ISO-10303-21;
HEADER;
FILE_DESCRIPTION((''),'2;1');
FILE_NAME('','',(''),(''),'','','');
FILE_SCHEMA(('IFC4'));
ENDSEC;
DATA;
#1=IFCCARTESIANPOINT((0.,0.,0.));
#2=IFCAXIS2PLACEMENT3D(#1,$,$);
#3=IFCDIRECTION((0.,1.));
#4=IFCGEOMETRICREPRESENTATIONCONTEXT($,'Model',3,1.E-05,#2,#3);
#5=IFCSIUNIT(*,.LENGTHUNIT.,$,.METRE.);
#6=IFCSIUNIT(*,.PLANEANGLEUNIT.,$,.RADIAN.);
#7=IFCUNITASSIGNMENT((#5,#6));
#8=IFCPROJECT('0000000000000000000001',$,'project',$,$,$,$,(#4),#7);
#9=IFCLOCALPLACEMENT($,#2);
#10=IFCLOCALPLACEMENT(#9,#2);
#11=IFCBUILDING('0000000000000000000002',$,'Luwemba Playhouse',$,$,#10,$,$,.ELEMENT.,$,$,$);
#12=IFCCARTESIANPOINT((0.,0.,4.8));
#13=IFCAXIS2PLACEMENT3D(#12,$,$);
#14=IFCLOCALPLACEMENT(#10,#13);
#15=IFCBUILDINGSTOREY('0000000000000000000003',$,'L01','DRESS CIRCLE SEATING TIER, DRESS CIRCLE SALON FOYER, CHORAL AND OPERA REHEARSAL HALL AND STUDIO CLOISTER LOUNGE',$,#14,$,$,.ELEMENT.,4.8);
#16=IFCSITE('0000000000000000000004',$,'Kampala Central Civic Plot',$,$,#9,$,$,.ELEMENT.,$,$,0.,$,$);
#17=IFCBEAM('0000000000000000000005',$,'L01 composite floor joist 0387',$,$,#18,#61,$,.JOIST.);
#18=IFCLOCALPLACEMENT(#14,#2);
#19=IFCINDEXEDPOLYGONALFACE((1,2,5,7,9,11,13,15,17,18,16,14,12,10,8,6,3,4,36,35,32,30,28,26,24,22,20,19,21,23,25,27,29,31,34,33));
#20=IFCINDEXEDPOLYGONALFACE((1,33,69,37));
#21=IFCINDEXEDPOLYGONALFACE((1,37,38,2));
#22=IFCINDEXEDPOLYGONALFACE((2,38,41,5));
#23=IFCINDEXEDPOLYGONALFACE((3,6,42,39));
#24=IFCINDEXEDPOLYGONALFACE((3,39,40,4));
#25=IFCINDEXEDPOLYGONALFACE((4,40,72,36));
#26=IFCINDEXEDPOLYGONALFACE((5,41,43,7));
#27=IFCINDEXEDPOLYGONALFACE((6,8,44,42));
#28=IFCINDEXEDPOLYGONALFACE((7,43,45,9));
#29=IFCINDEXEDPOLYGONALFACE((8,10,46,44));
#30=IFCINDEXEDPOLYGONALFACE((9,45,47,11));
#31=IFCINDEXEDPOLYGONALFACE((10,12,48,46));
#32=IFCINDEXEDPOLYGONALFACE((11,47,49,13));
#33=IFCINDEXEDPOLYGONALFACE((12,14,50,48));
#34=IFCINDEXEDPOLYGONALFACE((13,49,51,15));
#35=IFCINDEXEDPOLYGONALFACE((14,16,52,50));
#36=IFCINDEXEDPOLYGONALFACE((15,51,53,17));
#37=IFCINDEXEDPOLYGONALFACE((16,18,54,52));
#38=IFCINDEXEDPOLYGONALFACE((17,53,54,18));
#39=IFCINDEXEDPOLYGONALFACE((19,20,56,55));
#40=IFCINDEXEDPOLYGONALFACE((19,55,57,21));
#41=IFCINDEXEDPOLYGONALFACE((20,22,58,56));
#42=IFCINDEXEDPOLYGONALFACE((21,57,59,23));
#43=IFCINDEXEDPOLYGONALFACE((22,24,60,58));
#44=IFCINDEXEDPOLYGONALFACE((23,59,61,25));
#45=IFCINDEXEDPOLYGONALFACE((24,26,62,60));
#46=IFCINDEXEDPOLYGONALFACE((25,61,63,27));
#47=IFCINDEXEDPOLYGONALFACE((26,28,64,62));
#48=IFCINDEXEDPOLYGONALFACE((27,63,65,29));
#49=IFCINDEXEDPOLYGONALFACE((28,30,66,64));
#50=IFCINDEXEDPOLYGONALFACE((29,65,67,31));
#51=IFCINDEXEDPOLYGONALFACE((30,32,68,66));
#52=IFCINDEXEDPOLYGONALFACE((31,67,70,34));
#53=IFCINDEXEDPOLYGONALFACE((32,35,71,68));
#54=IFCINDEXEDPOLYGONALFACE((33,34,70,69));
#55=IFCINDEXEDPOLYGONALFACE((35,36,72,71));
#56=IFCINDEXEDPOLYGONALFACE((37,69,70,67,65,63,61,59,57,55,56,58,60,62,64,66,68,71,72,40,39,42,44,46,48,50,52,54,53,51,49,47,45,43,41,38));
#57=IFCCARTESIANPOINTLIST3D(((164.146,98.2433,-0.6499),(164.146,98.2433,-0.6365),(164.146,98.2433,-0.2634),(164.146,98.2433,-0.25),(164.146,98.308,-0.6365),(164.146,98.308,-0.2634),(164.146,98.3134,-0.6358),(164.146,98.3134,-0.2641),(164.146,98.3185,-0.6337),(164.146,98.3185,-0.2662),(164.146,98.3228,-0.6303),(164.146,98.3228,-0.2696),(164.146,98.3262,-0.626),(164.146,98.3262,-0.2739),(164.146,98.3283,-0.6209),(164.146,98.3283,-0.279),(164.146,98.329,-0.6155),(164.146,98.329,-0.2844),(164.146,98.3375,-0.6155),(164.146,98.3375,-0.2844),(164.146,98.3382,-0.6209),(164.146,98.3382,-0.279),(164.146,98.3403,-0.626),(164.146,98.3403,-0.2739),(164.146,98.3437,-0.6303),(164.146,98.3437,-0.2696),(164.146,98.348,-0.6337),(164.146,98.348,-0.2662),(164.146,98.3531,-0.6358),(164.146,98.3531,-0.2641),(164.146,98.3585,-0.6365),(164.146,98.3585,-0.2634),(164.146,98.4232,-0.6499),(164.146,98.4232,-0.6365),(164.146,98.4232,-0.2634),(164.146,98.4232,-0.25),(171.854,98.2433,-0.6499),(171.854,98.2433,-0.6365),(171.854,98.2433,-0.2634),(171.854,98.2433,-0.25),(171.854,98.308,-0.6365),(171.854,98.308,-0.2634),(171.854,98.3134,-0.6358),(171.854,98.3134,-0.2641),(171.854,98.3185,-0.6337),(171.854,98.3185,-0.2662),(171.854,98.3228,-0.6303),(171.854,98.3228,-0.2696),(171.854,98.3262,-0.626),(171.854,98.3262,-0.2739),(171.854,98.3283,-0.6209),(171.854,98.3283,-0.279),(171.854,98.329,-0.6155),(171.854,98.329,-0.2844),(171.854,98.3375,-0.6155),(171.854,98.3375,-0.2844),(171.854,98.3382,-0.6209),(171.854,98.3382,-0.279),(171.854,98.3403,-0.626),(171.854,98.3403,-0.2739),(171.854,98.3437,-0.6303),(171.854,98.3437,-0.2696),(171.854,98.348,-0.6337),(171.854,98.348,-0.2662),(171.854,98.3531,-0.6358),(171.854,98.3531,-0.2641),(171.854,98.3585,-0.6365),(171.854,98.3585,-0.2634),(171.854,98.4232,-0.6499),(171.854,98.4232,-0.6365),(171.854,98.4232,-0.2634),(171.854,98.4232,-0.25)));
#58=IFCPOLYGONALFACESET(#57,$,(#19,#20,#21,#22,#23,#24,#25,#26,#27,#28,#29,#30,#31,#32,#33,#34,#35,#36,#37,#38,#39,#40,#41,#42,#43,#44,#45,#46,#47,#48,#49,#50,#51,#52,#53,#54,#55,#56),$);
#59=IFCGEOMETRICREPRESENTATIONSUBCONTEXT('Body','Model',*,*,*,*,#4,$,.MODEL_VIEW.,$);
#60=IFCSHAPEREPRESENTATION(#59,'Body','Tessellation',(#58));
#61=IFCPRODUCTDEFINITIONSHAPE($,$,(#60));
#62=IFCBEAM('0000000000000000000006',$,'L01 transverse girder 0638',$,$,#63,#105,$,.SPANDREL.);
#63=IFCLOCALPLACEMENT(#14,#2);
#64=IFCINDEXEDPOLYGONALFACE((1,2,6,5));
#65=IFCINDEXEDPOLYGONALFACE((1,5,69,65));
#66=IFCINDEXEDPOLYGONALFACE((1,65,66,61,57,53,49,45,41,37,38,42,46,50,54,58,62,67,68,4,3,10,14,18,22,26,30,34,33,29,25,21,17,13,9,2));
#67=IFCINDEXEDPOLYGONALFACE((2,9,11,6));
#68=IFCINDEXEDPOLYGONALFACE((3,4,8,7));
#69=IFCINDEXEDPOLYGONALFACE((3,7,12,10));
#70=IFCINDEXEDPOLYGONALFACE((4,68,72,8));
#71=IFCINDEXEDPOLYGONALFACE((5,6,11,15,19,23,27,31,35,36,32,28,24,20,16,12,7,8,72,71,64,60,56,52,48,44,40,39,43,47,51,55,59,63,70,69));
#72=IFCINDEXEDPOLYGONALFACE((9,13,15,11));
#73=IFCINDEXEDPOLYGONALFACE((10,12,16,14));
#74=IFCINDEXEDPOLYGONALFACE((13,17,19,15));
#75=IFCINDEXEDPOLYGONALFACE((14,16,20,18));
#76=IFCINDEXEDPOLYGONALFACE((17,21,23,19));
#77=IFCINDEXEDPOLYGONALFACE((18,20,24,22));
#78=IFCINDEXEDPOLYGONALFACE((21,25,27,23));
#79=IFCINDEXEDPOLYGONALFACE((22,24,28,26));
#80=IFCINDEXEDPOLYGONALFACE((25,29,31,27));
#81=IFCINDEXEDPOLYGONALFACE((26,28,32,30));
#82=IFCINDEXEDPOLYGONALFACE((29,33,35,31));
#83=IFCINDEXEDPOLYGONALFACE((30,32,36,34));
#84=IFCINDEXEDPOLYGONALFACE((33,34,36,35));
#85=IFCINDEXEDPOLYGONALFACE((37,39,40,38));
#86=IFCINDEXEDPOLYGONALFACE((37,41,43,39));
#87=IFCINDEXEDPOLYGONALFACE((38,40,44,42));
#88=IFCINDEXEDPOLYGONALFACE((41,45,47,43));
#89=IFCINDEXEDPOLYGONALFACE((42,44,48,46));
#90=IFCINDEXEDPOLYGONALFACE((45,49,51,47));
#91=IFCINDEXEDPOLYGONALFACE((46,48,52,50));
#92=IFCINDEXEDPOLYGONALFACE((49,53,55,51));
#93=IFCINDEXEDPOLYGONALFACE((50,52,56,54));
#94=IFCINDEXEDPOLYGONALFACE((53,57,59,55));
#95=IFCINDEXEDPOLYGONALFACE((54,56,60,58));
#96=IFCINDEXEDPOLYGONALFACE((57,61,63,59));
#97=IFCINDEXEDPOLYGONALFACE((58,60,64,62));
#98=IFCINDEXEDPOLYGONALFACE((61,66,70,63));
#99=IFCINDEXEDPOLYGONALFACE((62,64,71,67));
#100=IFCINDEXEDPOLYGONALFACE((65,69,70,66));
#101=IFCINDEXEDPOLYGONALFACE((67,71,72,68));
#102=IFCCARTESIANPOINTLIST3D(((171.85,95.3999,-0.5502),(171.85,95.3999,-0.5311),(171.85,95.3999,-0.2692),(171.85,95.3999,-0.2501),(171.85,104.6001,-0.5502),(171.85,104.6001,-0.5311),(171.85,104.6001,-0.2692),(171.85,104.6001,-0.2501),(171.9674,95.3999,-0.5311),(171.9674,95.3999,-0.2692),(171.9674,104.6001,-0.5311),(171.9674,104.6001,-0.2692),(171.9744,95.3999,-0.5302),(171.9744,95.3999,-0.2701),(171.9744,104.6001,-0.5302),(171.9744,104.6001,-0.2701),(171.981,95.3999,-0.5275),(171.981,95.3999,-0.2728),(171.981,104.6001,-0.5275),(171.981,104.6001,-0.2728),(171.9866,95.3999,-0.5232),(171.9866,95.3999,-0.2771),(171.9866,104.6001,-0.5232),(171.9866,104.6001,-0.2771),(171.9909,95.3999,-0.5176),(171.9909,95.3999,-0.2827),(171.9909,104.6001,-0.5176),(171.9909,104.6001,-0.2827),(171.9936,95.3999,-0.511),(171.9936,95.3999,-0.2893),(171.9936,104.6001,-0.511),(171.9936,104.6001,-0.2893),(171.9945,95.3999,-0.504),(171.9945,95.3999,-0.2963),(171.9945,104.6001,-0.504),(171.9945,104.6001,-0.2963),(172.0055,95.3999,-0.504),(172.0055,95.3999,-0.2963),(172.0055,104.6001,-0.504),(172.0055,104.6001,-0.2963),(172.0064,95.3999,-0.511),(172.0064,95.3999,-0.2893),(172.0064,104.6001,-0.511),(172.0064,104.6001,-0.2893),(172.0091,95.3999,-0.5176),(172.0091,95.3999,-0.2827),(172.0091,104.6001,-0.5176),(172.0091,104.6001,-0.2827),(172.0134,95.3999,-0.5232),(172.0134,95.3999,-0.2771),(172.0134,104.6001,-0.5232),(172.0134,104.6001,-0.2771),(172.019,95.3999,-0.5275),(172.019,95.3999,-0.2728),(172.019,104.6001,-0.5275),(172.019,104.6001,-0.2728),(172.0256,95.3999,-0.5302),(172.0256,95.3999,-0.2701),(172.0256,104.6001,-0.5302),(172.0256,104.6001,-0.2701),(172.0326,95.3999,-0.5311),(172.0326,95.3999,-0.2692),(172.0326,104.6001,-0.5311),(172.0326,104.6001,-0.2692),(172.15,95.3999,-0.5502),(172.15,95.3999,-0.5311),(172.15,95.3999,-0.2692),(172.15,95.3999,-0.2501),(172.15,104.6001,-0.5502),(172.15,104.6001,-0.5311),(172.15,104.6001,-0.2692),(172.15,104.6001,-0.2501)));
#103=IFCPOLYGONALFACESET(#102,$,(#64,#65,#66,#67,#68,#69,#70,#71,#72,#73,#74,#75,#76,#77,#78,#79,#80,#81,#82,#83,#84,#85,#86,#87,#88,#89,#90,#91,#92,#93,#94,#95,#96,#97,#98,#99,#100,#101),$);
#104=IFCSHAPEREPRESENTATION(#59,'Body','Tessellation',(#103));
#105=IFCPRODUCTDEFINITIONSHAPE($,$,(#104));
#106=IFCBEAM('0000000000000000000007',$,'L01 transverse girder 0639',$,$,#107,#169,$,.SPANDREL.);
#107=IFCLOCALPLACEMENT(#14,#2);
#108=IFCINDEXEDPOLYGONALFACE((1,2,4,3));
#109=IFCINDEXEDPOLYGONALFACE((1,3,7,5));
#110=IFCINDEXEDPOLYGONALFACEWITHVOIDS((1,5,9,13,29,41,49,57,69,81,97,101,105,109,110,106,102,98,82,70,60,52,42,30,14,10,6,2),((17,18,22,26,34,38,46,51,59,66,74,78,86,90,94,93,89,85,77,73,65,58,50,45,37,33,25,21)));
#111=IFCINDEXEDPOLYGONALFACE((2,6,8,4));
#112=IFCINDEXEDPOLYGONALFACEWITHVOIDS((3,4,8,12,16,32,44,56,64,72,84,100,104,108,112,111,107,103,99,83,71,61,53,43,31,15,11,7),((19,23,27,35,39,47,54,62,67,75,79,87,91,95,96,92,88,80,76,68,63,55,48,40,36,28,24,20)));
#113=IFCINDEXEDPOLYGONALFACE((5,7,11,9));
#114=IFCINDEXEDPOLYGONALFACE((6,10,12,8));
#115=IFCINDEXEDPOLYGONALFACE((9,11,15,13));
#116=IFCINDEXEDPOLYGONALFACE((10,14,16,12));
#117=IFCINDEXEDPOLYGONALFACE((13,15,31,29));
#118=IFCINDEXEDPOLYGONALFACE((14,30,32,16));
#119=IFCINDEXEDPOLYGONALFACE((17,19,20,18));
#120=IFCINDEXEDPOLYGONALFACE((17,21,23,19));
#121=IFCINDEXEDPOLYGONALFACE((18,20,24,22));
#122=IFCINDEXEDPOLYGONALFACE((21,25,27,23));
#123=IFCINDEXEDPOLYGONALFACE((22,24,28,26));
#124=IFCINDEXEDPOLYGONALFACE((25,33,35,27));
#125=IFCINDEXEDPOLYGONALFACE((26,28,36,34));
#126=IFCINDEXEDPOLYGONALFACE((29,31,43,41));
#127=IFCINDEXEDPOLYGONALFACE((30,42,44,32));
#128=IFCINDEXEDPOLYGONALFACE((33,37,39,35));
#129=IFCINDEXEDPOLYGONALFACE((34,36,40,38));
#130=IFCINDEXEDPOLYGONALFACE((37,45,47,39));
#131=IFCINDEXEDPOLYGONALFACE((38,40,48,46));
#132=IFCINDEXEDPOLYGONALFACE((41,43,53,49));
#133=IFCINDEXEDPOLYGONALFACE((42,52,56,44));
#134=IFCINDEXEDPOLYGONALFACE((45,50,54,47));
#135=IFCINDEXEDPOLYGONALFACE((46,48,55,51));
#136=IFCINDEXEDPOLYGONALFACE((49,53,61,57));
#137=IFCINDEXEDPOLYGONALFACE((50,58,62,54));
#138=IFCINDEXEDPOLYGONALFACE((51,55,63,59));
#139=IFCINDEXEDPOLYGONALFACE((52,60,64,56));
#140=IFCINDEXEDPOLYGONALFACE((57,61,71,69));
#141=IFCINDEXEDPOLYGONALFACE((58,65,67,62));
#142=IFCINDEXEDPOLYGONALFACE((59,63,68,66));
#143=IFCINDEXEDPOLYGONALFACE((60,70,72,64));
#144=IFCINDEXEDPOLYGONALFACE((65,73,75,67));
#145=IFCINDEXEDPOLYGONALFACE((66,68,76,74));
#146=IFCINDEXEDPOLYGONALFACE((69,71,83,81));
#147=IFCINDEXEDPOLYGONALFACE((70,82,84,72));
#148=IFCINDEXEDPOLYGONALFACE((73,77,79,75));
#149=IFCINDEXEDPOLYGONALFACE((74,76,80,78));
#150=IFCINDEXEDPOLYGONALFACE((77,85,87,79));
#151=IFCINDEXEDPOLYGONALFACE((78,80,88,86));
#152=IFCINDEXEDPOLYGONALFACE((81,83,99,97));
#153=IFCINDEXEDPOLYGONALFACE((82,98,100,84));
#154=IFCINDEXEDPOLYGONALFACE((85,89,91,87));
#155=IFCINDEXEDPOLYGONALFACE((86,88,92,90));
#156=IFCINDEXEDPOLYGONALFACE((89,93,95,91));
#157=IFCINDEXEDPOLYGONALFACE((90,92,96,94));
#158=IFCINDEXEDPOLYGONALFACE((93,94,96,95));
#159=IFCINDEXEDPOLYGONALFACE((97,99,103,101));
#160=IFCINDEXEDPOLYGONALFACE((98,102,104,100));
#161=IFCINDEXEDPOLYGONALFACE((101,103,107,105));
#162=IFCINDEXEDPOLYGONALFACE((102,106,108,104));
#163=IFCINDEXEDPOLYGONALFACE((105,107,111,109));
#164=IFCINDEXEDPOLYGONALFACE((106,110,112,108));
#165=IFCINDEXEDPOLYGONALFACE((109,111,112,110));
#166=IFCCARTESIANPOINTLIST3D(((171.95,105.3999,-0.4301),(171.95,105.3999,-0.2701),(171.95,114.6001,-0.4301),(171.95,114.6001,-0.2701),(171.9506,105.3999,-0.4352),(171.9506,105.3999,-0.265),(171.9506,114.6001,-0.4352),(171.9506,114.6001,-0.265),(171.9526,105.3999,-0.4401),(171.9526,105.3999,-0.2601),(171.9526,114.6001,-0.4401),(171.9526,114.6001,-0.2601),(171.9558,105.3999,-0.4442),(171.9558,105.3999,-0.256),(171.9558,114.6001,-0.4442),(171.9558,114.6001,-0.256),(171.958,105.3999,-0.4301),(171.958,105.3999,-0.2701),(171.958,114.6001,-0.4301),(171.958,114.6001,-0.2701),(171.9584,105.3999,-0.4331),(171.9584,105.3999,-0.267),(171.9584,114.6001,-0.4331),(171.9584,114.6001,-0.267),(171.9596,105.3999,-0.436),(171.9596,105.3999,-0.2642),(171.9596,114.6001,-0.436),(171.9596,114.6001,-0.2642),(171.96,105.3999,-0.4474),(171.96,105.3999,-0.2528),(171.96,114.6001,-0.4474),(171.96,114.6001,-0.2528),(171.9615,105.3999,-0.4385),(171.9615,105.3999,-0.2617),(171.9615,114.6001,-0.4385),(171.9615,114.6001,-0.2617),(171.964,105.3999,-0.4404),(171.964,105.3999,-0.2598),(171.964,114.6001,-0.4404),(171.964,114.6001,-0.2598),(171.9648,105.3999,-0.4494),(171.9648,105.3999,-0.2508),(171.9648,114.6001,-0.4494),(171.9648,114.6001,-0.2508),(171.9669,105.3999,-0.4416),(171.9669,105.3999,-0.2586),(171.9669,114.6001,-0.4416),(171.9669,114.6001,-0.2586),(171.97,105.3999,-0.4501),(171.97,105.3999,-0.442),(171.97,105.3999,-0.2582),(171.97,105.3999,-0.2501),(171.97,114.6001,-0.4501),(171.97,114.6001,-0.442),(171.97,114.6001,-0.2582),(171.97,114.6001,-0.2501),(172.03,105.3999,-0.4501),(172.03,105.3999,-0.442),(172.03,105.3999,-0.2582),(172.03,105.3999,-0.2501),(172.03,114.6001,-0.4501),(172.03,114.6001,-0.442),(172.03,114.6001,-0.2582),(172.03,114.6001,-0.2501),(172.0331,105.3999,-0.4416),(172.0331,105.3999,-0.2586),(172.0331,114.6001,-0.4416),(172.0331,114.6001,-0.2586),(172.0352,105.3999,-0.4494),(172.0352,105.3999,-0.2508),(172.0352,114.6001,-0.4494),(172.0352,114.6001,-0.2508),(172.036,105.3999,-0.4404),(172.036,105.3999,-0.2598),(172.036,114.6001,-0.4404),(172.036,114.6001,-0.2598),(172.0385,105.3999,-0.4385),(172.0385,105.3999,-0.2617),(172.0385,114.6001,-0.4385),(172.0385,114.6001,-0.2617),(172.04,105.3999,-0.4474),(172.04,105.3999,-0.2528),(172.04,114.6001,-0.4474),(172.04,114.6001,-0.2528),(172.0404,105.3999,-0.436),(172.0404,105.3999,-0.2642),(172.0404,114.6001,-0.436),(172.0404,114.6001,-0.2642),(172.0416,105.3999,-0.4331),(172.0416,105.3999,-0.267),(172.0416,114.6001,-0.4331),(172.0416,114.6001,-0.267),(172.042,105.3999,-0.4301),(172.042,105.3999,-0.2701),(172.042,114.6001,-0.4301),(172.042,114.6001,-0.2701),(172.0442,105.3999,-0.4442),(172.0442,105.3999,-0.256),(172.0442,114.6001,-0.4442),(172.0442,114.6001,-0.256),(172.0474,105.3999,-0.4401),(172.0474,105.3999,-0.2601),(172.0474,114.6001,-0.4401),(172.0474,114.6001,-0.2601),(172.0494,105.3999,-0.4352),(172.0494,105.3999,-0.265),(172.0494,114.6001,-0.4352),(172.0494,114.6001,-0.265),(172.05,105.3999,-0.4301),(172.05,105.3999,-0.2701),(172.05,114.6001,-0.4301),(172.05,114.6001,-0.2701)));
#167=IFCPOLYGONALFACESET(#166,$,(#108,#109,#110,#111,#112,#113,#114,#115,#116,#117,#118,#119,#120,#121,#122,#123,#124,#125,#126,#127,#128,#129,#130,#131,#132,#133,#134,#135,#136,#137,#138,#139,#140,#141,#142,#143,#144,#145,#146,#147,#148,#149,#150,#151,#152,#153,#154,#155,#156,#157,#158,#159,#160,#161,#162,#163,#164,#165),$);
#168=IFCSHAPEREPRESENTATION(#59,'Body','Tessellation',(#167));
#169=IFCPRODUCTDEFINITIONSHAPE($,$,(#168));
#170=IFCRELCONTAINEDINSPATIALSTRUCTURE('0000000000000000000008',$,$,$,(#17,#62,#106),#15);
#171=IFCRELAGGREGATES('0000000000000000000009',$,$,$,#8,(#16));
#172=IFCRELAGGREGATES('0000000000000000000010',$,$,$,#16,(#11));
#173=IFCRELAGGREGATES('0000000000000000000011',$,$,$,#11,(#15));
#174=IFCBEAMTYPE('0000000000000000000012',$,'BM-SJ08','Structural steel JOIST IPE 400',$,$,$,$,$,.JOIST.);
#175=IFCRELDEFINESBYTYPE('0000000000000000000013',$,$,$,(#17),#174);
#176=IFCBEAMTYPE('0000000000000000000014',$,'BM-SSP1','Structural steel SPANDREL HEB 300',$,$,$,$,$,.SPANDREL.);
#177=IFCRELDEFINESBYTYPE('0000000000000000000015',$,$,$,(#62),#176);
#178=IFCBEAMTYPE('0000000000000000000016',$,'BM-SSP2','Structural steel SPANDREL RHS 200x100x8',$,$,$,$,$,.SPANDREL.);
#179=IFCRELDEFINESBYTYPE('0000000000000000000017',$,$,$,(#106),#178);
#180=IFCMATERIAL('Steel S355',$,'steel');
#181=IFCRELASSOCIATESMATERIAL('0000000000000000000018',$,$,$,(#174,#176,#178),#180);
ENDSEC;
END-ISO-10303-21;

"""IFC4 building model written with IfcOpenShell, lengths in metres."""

from ifc_helpers import new_model, si_unit, direction, frame, origin, origin_2d, place, context, subcontext, project, spatial, hollow_rectangle, i_section, extrude, material, material_profile, profile_set, type_object, element, save


model = new_model("IFC4")

# Units and contexts
model_context = context("Model", 3, precision=1e-05, world=origin(), true_north=direction((0.0, 1.0)))
body_context = subcontext(model_context, "Body", "Model", "MODEL_VIEW")
ifc_project = project(units=[si_unit("LENGTHUNIT", "METRE"), si_unit("PLANEANGLEUNIT", "RADIAN")], contexts=[model_context])

# Site, building, storey
site_placement = place(None, origin())
site = spatial("IfcSite", under=ifc_project, at=site_placement, Name="Kampala Central Civic Plot", CompositionType="ELEMENT", RefElevation=0.0)
building_placement = place(site_placement, origin())
building = spatial("IfcBuilding", under=site, at=building_placement, Name="Luwemba Playhouse", CompositionType="ELEMENT")
storey_placement = place(building_placement, frame((0.0, 0.0, 4.8)))
storey = spatial("IfcBuildingStorey", under=building, at=storey_placement, Name="L01", Description="DRESS CIRCLE SEATING TIER, DRESS CIRCLE SALON FOYER, CHORAL AND OPERA REHEARSAL HALL AND STUDIO CLOISTER LOUNGE", CompositionType="ELEMENT", Elevation=4.8)

# Beams
ifc_material_1 = material(Name="Steel S355", Category="steel")
ifc_material_profile_1 = material_profile(ifc_material_1, i_section(OverallWidth=0.1799, OverallDepth=0.3999, WebThickness=0.0085, FlangeThickness=0.0134, FilletRadius=0.021, at=origin_2d()))
ifc_profile_set_1 = profile_set([ifc_material_profile_1], Name="Steel S355")
beam_type_1 = type_object("IfcBeamType", Name="BM-SJ08", Description="Structural steel JOIST IPE 400", PredefinedType="JOIST", material=ifc_profile_set_1)
beam_1_placement = place(storey_placement, frame((164.146, 98.3333, -0.45), z_axis=(1.0, 0.0, 0.0), x_axis=(0.0, 1.0, 0.0)))
element("IfcBeam", 1, at=beam_1_placement, inside=storey, type_object=beam_type_1, Name="L01 composite floor joist 0387", PredefinedType="JOIST", context=body_context, shape_type="SweptSolid", body=[
    extrude(i_section(OverallWidth=0.1799, OverallDepth=0.3999, WebThickness=0.0085, FlangeThickness=0.0134, FilletRadius=0.021, at=origin_2d()), origin(), (0.0, 0.0, 1.0), 7.708),
])
ifc_material_profile_2 = material_profile(ifc_material_1, i_section(OverallWidth=0.3, OverallDepth=0.3, WebThickness=0.011, FlangeThickness=0.019, FilletRadius=0.0271, at=origin_2d()))
ifc_profile_set_2 = profile_set([ifc_material_profile_2], Name="Steel S355")
beam_type_2 = type_object("IfcBeamType", Name="BM-SSP1", Description="Structural steel SPANDREL HEB 300", PredefinedType="SPANDREL", material=ifc_profile_set_2)
beam_2_placement = place(storey_placement, frame((172.0, 95.3999, -0.4001), z_axis=(0.0, 1.0, 0.0), x_axis=(-1.0, 0.0, 0.0)))
element("IfcBeam", 2, at=beam_2_placement, inside=storey, type_object=beam_type_2, Name="L01 transverse girder 0638", PredefinedType="SPANDREL", context=body_context, shape_type="SweptSolid", body=[
    extrude(i_section(OverallWidth=0.3, OverallDepth=0.3, WebThickness=0.011, FlangeThickness=0.019, FilletRadius=0.0271, at=origin_2d()), origin(), (0.0, 0.0, 1.0), 9.2002),
])
ifc_material_profile_3 = material_profile(ifc_material_1, hollow_rectangle(XDim=0.1001, YDim=0.2, WallThickness=0.0081, InnerFilletRadius=0.012, OuterFilletRadius=0.02, at=origin_2d()))
ifc_profile_set_3 = profile_set([ifc_material_profile_3], Name="Steel S355")
beam_type_3 = type_object("IfcBeamType", Name="BM-SSP2", Description="Structural steel SPANDREL RHS 200x100x8", PredefinedType="SPANDREL", material=ifc_profile_set_3)
beam_3_placement = place(storey_placement, frame((172.0, 105.3999, -0.3501), z_axis=(0.0, 1.0, 0.0), x_axis=(-1.0, 0.0, 0.0)))
element("IfcBeam", 3, at=beam_3_placement, inside=storey, type_object=beam_type_3, Name="L01 transverse girder 0639", PredefinedType="SPANDREL", context=body_context, shape_type="SweptSolid", body=[
    extrude(hollow_rectangle(XDim=0.1001, YDim=0.2, WallThickness=0.0081, InnerFilletRadius=0.012, OuterFilletRadius=0.02, at=origin_2d()), origin(), (0.0, 0.0, 1.0), 9.2002),
])

save(model, "model.ifc")
